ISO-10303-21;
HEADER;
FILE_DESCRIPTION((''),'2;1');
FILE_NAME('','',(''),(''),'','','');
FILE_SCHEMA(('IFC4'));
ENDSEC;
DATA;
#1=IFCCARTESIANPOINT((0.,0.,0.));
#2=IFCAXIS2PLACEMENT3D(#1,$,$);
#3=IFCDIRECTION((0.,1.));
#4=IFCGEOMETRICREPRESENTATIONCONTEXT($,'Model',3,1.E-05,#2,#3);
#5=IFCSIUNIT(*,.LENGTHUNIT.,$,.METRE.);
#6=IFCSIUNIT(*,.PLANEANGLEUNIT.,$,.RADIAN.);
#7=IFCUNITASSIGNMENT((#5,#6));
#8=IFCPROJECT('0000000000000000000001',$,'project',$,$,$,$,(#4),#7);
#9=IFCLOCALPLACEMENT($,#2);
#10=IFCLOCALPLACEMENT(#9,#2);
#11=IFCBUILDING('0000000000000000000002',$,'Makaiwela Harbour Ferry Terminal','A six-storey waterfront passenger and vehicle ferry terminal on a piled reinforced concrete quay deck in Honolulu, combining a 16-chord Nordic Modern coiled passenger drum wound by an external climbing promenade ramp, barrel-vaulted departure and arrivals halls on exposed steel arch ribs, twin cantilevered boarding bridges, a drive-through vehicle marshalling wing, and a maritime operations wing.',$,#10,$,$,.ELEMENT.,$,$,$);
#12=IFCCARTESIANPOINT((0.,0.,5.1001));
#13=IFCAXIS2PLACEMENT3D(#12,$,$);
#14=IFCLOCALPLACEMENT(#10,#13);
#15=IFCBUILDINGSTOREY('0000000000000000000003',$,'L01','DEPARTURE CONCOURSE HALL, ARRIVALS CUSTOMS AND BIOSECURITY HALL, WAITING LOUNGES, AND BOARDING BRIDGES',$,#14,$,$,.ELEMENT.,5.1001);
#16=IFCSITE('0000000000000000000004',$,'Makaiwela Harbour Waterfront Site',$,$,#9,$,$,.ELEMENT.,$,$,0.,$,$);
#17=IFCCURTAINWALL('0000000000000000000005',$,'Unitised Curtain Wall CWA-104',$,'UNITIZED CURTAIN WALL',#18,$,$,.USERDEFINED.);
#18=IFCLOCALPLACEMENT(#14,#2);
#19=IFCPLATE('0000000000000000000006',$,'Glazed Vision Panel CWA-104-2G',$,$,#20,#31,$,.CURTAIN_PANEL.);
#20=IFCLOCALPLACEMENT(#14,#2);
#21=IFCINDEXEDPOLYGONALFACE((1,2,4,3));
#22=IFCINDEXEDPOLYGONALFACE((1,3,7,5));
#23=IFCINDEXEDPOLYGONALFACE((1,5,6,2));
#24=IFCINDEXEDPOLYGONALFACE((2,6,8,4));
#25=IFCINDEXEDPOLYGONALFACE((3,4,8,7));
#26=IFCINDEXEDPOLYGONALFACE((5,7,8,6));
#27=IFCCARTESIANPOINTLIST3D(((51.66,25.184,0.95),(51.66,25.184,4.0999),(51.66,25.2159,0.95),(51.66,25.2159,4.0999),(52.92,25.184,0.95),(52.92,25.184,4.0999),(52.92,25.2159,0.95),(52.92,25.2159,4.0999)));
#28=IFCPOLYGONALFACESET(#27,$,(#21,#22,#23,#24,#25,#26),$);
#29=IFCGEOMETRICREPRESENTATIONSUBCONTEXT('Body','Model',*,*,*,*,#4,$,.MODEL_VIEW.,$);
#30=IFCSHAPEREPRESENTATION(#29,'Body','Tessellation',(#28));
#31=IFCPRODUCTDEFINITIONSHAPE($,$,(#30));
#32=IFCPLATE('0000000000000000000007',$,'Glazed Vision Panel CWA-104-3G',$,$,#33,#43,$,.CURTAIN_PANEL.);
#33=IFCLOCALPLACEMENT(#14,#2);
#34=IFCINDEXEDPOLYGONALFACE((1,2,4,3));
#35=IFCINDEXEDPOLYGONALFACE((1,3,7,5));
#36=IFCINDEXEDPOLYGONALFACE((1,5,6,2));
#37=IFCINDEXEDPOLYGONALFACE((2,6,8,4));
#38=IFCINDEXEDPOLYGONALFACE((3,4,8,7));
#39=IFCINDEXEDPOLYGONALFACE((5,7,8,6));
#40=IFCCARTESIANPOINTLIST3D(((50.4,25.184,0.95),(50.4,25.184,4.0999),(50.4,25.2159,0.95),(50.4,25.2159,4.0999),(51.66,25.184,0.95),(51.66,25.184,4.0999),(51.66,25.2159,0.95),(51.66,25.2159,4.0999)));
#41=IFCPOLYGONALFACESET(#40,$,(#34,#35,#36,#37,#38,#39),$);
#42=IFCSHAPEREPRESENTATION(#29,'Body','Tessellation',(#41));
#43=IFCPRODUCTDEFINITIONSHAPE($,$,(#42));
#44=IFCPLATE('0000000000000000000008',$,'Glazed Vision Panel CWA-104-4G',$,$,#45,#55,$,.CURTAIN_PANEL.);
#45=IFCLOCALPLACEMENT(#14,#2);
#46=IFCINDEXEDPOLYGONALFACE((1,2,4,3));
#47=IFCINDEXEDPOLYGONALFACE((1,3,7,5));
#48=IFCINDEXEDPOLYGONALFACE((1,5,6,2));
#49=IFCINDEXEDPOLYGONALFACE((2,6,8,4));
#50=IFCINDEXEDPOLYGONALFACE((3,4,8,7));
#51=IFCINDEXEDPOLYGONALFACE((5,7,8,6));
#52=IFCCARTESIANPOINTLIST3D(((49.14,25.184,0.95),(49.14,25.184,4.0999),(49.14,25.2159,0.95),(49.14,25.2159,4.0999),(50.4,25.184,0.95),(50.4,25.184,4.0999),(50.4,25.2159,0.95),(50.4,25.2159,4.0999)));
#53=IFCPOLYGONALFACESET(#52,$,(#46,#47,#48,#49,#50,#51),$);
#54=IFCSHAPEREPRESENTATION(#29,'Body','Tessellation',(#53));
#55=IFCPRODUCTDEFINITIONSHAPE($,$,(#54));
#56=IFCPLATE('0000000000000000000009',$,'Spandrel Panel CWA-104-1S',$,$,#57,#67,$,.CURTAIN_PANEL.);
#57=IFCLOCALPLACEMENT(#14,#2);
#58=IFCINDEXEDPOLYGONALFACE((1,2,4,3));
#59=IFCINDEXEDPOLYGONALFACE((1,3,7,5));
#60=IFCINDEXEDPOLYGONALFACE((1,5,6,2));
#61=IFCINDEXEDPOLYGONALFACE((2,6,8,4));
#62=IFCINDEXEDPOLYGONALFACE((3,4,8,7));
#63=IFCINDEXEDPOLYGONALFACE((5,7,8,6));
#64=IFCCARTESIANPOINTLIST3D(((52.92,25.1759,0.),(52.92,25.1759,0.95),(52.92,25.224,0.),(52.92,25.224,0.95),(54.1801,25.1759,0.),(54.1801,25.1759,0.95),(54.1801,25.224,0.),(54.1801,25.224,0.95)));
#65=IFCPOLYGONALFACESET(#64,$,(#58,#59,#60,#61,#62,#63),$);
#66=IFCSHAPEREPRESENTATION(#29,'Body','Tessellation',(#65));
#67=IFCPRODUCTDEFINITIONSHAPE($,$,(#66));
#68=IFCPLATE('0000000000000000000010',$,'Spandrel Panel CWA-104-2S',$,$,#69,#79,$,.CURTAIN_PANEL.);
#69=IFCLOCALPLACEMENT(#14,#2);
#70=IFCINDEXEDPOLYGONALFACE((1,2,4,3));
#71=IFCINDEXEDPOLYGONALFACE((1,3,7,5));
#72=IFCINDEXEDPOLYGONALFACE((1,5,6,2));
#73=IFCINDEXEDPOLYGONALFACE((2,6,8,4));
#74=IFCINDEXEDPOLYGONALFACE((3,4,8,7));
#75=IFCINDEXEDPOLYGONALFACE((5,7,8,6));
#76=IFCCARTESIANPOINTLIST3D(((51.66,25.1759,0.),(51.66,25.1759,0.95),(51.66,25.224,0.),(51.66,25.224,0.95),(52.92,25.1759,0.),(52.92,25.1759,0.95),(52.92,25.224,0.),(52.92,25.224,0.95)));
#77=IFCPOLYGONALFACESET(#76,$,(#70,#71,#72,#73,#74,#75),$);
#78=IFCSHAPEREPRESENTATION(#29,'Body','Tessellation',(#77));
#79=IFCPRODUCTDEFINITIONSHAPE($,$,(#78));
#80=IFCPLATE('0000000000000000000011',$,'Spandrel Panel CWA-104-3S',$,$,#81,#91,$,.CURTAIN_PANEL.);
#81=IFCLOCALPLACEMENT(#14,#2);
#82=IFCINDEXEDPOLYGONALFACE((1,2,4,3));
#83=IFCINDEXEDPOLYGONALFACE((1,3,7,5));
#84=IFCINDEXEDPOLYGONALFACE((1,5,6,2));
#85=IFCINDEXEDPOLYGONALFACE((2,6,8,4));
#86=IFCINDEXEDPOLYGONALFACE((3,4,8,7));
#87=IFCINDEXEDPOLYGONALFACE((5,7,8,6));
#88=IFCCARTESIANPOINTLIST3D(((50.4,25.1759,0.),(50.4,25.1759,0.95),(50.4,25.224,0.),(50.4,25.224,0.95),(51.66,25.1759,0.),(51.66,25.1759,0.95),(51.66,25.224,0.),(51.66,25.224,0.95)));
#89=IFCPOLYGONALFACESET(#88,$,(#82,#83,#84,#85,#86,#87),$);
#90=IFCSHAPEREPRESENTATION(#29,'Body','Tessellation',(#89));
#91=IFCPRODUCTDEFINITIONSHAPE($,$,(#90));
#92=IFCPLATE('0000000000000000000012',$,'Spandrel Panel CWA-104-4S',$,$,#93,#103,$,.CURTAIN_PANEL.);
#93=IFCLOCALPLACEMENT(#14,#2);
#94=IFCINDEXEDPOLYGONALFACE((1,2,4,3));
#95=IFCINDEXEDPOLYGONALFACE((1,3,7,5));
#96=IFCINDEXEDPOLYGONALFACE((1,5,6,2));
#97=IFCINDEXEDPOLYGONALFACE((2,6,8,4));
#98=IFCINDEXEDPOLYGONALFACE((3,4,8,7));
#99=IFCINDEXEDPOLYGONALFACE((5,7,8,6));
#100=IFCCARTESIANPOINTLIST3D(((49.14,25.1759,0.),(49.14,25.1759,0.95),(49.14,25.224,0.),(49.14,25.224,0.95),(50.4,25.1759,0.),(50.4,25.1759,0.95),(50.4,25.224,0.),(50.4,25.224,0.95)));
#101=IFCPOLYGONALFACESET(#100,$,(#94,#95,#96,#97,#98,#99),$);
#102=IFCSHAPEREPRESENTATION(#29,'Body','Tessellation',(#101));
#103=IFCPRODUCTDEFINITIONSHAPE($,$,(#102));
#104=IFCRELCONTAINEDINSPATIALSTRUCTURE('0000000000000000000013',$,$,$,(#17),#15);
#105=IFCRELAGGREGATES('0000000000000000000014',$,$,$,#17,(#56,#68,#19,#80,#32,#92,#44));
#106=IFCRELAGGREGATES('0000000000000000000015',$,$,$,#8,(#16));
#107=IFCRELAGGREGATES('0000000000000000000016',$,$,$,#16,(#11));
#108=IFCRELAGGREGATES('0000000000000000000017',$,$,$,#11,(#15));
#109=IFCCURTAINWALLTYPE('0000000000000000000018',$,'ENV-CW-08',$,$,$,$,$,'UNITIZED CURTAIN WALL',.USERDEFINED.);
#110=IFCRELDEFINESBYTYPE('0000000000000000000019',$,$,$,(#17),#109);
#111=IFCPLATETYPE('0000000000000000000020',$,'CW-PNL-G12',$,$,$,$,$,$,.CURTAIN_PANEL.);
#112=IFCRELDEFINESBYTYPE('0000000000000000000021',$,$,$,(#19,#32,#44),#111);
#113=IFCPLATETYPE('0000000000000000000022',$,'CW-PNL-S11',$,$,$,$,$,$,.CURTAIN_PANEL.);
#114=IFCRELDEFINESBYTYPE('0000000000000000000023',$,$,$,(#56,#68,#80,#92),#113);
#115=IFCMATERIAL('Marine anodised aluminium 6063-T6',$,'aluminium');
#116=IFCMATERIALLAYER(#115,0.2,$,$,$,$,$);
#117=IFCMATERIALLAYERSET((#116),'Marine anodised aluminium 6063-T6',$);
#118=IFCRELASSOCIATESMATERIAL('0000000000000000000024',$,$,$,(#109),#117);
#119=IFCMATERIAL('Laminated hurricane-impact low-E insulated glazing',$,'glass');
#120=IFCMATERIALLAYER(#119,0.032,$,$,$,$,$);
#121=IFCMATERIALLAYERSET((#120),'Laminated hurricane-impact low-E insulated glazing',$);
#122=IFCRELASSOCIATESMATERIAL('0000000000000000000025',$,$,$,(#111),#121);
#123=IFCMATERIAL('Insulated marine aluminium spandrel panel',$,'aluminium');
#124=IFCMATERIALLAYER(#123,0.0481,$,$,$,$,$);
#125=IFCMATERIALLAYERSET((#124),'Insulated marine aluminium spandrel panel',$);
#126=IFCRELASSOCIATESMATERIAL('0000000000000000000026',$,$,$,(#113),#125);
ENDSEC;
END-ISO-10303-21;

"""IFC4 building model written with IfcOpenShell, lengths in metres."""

from ifc_helpers import new_model, si_unit, direction, frame, origin, origin_2d, place, context, subcontext, project, spatial, rectangle, extrude, material, layer, layer_set, type_object, element, aggregate, save


model = new_model("IFC4")

# Units and contexts
model_context = context("Model", 3, precision=1e-05, world=origin(), true_north=direction((0.0, 1.0)))
body_context = subcontext(model_context, "Body", "Model", "MODEL_VIEW")
ifc_project = project(units=[si_unit("LENGTHUNIT", "METRE"), si_unit("PLANEANGLEUNIT", "RADIAN")], contexts=[model_context])

# Site, building, storey
site_placement = place(None, origin())
site = spatial("IfcSite", under=ifc_project, at=site_placement, Name="Makaiwela Harbour Waterfront Site", CompositionType="ELEMENT", RefElevation=0.0)
building_placement = place(site_placement, origin())
building = spatial("IfcBuilding", under=site, at=building_placement, Name="Makaiwela Harbour Ferry Terminal", Description="A six-storey waterfront passenger and vehicle ferry terminal on a piled reinforced concrete quay deck in Honolulu, combining a 16-chord Nordic Modern coiled passenger drum wound by an external climbing promenade ramp, barrel-vaulted departure and arrivals halls on exposed steel arch ribs, twin cantilevered boarding bridges, a drive-through vehicle marshalling wing, and a maritime operations wing.", CompositionType="ELEMENT")
storey_placement = place(building_placement, frame((0.0, 0.0, 5.1001)))
storey = spatial("IfcBuildingStorey", under=building, at=storey_placement, Name="L01", Description="DEPARTURE CONCOURSE HALL, ARRIVALS CUSTOMS AND BIOSECURITY HALL, WAITING LOUNGES, AND BOARDING BRIDGES", CompositionType="ELEMENT", Elevation=5.1001)

# Curtain wall
ifc_material_1 = material(Name="Marine anodised aluminium 6063-T6", Category="aluminium")
ifc_layer_1 = layer(ifc_material_1, 0.2)
ifc_layer_set_1 = layer_set([ifc_layer_1], Name="Marine anodised aluminium 6063-T6")
curtain_wall_type = type_object("IfcCurtainWallType", Name="ENV-CW-08", ElementType="UNITIZED CURTAIN WALL", PredefinedType="USERDEFINED", material=ifc_layer_set_1)
curtain_wall_placement = place(storey_placement, origin())
curtain_wall = element("IfcCurtainWall", 1, at=curtain_wall_placement, inside=storey, type_object=curtain_wall_type, Name="Unitised Curtain Wall CWA-104", ObjectType="UNITIZED CURTAIN WALL", PredefinedType="USERDEFINED")

# Plates
ifc_material_2 = material(Name="Laminated hurricane-impact low-E insulated glazing", Category="glass")
ifc_layer_2 = layer(ifc_material_2, 0.032)
ifc_layer_set_2 = layer_set([ifc_layer_2], Name="Laminated hurricane-impact low-E insulated glazing")
plate_type_1 = type_object("IfcPlateType", Name="CW-PNL-G12", PredefinedType="CURTAIN_PANEL", material=ifc_layer_set_2)
plate_1_placement = place(storey_placement, frame((52.29, 25.2, 0.95), z_axis=(0.0, 0.0, 1.0), x_axis=(-1.0, 0.0, 0.0)))
plate_1 = element("IfcPlate", 2, at=plate_1_placement, type_object=plate_type_1, Name="Glazed Vision Panel CWA-104-2G", PredefinedType="CURTAIN_PANEL", context=body_context, shape_type="SweptSolid", body=[
    extrude(rectangle(XDim=1.26, YDim=0.032, at=origin_2d()), origin(), (0.0, 0.0, 1.0), 3.1499),
])
plate_2_placement = place(storey_placement, frame((51.03, 25.2, 0.95), z_axis=(0.0, 0.0, 1.0), x_axis=(-1.0, 0.0, 0.0)))
plate_2 = element("IfcPlate", 3, at=plate_2_placement, type_object=plate_type_1, Name="Glazed Vision Panel CWA-104-3G", PredefinedType="CURTAIN_PANEL", context=body_context, shape_type="SweptSolid", body=[
    extrude(rectangle(XDim=1.26, YDim=0.032, at=origin_2d()), origin(), (0.0, 0.0, 1.0), 3.1499),
])
plate_3_placement = place(storey_placement, frame((49.77, 25.2, 0.95), z_axis=(0.0, 0.0, 1.0), x_axis=(-1.0, 0.0, 0.0)))
plate_3 = element("IfcPlate", 4, at=plate_3_placement, type_object=plate_type_1, Name="Glazed Vision Panel CWA-104-4G", PredefinedType="CURTAIN_PANEL", context=body_context, shape_type="SweptSolid", body=[
    extrude(rectangle(XDim=1.26, YDim=0.032, at=origin_2d()), origin(), (0.0, 0.0, 1.0), 3.1499),
])
ifc_material_3 = material(Name="Insulated marine aluminium spandrel panel", Category="aluminium")
ifc_layer_3 = layer(ifc_material_3, 0.0481)
ifc_layer_set_3 = layer_set([ifc_layer_3], Name="Insulated marine aluminium spandrel panel")
plate_type_2 = type_object("IfcPlateType", Name="CW-PNL-S11", PredefinedType="CURTAIN_PANEL", material=ifc_layer_set_3)
plate_4_placement = place(storey_placement, frame((53.55, 25.2, 0.0), z_axis=(0.0, 0.0, 1.0), x_axis=(-1.0, 0.0, 0.0)))
plate_4 = element("IfcPlate", 5, at=plate_4_placement, type_object=plate_type_2, Name="Spandrel Panel CWA-104-1S", PredefinedType="CURTAIN_PANEL", context=body_context, shape_type="SweptSolid", body=[
    extrude(rectangle(XDim=1.26, YDim=0.0481, at=origin_2d()), origin(), (0.0, 0.0, 1.0), 0.95),
])
plate_5_placement = place(storey_placement, frame((52.29, 25.2, 0.0), z_axis=(0.0, 0.0, 1.0), x_axis=(-1.0, 0.0, 0.0)))
plate_5 = element("IfcPlate", 6, at=plate_5_placement, type_object=plate_type_2, Name="Spandrel Panel CWA-104-2S", PredefinedType="CURTAIN_PANEL", context=body_context, shape_type="SweptSolid", body=[
    extrude(rectangle(XDim=1.26, YDim=0.0481, at=origin_2d()), origin(), (0.0, 0.0, 1.0), 0.95),
])
plate_6_placement = place(storey_placement, frame((51.03, 25.2, 0.0), z_axis=(0.0, 0.0, 1.0), x_axis=(-1.0, 0.0, 0.0)))
plate_6 = element("IfcPlate", 7, at=plate_6_placement, type_object=plate_type_2, Name="Spandrel Panel CWA-104-3S", PredefinedType="CURTAIN_PANEL", context=body_context, shape_type="SweptSolid", body=[
    extrude(rectangle(XDim=1.26, YDim=0.0481, at=origin_2d()), origin(), (0.0, 0.0, 1.0), 0.95),
])
plate_7_placement = place(storey_placement, frame((49.77, 25.2, 0.0), z_axis=(0.0, 0.0, 1.0), x_axis=(-1.0, 0.0, 0.0)))
plate_7 = element("IfcPlate", 8, at=plate_7_placement, type_object=plate_type_2, Name="Spandrel Panel CWA-104-4S", PredefinedType="CURTAIN_PANEL", context=body_context, shape_type="SweptSolid", body=[
    extrude(rectangle(XDim=1.26, YDim=0.0481, at=origin_2d()), origin(), (0.0, 0.0, 1.0), 0.95),
])
aggregate(curtain_wall, [plate_4, plate_5, plate_1, plate_6, plate_2, plate_7, plate_3])

save(model, "model.ifc")
